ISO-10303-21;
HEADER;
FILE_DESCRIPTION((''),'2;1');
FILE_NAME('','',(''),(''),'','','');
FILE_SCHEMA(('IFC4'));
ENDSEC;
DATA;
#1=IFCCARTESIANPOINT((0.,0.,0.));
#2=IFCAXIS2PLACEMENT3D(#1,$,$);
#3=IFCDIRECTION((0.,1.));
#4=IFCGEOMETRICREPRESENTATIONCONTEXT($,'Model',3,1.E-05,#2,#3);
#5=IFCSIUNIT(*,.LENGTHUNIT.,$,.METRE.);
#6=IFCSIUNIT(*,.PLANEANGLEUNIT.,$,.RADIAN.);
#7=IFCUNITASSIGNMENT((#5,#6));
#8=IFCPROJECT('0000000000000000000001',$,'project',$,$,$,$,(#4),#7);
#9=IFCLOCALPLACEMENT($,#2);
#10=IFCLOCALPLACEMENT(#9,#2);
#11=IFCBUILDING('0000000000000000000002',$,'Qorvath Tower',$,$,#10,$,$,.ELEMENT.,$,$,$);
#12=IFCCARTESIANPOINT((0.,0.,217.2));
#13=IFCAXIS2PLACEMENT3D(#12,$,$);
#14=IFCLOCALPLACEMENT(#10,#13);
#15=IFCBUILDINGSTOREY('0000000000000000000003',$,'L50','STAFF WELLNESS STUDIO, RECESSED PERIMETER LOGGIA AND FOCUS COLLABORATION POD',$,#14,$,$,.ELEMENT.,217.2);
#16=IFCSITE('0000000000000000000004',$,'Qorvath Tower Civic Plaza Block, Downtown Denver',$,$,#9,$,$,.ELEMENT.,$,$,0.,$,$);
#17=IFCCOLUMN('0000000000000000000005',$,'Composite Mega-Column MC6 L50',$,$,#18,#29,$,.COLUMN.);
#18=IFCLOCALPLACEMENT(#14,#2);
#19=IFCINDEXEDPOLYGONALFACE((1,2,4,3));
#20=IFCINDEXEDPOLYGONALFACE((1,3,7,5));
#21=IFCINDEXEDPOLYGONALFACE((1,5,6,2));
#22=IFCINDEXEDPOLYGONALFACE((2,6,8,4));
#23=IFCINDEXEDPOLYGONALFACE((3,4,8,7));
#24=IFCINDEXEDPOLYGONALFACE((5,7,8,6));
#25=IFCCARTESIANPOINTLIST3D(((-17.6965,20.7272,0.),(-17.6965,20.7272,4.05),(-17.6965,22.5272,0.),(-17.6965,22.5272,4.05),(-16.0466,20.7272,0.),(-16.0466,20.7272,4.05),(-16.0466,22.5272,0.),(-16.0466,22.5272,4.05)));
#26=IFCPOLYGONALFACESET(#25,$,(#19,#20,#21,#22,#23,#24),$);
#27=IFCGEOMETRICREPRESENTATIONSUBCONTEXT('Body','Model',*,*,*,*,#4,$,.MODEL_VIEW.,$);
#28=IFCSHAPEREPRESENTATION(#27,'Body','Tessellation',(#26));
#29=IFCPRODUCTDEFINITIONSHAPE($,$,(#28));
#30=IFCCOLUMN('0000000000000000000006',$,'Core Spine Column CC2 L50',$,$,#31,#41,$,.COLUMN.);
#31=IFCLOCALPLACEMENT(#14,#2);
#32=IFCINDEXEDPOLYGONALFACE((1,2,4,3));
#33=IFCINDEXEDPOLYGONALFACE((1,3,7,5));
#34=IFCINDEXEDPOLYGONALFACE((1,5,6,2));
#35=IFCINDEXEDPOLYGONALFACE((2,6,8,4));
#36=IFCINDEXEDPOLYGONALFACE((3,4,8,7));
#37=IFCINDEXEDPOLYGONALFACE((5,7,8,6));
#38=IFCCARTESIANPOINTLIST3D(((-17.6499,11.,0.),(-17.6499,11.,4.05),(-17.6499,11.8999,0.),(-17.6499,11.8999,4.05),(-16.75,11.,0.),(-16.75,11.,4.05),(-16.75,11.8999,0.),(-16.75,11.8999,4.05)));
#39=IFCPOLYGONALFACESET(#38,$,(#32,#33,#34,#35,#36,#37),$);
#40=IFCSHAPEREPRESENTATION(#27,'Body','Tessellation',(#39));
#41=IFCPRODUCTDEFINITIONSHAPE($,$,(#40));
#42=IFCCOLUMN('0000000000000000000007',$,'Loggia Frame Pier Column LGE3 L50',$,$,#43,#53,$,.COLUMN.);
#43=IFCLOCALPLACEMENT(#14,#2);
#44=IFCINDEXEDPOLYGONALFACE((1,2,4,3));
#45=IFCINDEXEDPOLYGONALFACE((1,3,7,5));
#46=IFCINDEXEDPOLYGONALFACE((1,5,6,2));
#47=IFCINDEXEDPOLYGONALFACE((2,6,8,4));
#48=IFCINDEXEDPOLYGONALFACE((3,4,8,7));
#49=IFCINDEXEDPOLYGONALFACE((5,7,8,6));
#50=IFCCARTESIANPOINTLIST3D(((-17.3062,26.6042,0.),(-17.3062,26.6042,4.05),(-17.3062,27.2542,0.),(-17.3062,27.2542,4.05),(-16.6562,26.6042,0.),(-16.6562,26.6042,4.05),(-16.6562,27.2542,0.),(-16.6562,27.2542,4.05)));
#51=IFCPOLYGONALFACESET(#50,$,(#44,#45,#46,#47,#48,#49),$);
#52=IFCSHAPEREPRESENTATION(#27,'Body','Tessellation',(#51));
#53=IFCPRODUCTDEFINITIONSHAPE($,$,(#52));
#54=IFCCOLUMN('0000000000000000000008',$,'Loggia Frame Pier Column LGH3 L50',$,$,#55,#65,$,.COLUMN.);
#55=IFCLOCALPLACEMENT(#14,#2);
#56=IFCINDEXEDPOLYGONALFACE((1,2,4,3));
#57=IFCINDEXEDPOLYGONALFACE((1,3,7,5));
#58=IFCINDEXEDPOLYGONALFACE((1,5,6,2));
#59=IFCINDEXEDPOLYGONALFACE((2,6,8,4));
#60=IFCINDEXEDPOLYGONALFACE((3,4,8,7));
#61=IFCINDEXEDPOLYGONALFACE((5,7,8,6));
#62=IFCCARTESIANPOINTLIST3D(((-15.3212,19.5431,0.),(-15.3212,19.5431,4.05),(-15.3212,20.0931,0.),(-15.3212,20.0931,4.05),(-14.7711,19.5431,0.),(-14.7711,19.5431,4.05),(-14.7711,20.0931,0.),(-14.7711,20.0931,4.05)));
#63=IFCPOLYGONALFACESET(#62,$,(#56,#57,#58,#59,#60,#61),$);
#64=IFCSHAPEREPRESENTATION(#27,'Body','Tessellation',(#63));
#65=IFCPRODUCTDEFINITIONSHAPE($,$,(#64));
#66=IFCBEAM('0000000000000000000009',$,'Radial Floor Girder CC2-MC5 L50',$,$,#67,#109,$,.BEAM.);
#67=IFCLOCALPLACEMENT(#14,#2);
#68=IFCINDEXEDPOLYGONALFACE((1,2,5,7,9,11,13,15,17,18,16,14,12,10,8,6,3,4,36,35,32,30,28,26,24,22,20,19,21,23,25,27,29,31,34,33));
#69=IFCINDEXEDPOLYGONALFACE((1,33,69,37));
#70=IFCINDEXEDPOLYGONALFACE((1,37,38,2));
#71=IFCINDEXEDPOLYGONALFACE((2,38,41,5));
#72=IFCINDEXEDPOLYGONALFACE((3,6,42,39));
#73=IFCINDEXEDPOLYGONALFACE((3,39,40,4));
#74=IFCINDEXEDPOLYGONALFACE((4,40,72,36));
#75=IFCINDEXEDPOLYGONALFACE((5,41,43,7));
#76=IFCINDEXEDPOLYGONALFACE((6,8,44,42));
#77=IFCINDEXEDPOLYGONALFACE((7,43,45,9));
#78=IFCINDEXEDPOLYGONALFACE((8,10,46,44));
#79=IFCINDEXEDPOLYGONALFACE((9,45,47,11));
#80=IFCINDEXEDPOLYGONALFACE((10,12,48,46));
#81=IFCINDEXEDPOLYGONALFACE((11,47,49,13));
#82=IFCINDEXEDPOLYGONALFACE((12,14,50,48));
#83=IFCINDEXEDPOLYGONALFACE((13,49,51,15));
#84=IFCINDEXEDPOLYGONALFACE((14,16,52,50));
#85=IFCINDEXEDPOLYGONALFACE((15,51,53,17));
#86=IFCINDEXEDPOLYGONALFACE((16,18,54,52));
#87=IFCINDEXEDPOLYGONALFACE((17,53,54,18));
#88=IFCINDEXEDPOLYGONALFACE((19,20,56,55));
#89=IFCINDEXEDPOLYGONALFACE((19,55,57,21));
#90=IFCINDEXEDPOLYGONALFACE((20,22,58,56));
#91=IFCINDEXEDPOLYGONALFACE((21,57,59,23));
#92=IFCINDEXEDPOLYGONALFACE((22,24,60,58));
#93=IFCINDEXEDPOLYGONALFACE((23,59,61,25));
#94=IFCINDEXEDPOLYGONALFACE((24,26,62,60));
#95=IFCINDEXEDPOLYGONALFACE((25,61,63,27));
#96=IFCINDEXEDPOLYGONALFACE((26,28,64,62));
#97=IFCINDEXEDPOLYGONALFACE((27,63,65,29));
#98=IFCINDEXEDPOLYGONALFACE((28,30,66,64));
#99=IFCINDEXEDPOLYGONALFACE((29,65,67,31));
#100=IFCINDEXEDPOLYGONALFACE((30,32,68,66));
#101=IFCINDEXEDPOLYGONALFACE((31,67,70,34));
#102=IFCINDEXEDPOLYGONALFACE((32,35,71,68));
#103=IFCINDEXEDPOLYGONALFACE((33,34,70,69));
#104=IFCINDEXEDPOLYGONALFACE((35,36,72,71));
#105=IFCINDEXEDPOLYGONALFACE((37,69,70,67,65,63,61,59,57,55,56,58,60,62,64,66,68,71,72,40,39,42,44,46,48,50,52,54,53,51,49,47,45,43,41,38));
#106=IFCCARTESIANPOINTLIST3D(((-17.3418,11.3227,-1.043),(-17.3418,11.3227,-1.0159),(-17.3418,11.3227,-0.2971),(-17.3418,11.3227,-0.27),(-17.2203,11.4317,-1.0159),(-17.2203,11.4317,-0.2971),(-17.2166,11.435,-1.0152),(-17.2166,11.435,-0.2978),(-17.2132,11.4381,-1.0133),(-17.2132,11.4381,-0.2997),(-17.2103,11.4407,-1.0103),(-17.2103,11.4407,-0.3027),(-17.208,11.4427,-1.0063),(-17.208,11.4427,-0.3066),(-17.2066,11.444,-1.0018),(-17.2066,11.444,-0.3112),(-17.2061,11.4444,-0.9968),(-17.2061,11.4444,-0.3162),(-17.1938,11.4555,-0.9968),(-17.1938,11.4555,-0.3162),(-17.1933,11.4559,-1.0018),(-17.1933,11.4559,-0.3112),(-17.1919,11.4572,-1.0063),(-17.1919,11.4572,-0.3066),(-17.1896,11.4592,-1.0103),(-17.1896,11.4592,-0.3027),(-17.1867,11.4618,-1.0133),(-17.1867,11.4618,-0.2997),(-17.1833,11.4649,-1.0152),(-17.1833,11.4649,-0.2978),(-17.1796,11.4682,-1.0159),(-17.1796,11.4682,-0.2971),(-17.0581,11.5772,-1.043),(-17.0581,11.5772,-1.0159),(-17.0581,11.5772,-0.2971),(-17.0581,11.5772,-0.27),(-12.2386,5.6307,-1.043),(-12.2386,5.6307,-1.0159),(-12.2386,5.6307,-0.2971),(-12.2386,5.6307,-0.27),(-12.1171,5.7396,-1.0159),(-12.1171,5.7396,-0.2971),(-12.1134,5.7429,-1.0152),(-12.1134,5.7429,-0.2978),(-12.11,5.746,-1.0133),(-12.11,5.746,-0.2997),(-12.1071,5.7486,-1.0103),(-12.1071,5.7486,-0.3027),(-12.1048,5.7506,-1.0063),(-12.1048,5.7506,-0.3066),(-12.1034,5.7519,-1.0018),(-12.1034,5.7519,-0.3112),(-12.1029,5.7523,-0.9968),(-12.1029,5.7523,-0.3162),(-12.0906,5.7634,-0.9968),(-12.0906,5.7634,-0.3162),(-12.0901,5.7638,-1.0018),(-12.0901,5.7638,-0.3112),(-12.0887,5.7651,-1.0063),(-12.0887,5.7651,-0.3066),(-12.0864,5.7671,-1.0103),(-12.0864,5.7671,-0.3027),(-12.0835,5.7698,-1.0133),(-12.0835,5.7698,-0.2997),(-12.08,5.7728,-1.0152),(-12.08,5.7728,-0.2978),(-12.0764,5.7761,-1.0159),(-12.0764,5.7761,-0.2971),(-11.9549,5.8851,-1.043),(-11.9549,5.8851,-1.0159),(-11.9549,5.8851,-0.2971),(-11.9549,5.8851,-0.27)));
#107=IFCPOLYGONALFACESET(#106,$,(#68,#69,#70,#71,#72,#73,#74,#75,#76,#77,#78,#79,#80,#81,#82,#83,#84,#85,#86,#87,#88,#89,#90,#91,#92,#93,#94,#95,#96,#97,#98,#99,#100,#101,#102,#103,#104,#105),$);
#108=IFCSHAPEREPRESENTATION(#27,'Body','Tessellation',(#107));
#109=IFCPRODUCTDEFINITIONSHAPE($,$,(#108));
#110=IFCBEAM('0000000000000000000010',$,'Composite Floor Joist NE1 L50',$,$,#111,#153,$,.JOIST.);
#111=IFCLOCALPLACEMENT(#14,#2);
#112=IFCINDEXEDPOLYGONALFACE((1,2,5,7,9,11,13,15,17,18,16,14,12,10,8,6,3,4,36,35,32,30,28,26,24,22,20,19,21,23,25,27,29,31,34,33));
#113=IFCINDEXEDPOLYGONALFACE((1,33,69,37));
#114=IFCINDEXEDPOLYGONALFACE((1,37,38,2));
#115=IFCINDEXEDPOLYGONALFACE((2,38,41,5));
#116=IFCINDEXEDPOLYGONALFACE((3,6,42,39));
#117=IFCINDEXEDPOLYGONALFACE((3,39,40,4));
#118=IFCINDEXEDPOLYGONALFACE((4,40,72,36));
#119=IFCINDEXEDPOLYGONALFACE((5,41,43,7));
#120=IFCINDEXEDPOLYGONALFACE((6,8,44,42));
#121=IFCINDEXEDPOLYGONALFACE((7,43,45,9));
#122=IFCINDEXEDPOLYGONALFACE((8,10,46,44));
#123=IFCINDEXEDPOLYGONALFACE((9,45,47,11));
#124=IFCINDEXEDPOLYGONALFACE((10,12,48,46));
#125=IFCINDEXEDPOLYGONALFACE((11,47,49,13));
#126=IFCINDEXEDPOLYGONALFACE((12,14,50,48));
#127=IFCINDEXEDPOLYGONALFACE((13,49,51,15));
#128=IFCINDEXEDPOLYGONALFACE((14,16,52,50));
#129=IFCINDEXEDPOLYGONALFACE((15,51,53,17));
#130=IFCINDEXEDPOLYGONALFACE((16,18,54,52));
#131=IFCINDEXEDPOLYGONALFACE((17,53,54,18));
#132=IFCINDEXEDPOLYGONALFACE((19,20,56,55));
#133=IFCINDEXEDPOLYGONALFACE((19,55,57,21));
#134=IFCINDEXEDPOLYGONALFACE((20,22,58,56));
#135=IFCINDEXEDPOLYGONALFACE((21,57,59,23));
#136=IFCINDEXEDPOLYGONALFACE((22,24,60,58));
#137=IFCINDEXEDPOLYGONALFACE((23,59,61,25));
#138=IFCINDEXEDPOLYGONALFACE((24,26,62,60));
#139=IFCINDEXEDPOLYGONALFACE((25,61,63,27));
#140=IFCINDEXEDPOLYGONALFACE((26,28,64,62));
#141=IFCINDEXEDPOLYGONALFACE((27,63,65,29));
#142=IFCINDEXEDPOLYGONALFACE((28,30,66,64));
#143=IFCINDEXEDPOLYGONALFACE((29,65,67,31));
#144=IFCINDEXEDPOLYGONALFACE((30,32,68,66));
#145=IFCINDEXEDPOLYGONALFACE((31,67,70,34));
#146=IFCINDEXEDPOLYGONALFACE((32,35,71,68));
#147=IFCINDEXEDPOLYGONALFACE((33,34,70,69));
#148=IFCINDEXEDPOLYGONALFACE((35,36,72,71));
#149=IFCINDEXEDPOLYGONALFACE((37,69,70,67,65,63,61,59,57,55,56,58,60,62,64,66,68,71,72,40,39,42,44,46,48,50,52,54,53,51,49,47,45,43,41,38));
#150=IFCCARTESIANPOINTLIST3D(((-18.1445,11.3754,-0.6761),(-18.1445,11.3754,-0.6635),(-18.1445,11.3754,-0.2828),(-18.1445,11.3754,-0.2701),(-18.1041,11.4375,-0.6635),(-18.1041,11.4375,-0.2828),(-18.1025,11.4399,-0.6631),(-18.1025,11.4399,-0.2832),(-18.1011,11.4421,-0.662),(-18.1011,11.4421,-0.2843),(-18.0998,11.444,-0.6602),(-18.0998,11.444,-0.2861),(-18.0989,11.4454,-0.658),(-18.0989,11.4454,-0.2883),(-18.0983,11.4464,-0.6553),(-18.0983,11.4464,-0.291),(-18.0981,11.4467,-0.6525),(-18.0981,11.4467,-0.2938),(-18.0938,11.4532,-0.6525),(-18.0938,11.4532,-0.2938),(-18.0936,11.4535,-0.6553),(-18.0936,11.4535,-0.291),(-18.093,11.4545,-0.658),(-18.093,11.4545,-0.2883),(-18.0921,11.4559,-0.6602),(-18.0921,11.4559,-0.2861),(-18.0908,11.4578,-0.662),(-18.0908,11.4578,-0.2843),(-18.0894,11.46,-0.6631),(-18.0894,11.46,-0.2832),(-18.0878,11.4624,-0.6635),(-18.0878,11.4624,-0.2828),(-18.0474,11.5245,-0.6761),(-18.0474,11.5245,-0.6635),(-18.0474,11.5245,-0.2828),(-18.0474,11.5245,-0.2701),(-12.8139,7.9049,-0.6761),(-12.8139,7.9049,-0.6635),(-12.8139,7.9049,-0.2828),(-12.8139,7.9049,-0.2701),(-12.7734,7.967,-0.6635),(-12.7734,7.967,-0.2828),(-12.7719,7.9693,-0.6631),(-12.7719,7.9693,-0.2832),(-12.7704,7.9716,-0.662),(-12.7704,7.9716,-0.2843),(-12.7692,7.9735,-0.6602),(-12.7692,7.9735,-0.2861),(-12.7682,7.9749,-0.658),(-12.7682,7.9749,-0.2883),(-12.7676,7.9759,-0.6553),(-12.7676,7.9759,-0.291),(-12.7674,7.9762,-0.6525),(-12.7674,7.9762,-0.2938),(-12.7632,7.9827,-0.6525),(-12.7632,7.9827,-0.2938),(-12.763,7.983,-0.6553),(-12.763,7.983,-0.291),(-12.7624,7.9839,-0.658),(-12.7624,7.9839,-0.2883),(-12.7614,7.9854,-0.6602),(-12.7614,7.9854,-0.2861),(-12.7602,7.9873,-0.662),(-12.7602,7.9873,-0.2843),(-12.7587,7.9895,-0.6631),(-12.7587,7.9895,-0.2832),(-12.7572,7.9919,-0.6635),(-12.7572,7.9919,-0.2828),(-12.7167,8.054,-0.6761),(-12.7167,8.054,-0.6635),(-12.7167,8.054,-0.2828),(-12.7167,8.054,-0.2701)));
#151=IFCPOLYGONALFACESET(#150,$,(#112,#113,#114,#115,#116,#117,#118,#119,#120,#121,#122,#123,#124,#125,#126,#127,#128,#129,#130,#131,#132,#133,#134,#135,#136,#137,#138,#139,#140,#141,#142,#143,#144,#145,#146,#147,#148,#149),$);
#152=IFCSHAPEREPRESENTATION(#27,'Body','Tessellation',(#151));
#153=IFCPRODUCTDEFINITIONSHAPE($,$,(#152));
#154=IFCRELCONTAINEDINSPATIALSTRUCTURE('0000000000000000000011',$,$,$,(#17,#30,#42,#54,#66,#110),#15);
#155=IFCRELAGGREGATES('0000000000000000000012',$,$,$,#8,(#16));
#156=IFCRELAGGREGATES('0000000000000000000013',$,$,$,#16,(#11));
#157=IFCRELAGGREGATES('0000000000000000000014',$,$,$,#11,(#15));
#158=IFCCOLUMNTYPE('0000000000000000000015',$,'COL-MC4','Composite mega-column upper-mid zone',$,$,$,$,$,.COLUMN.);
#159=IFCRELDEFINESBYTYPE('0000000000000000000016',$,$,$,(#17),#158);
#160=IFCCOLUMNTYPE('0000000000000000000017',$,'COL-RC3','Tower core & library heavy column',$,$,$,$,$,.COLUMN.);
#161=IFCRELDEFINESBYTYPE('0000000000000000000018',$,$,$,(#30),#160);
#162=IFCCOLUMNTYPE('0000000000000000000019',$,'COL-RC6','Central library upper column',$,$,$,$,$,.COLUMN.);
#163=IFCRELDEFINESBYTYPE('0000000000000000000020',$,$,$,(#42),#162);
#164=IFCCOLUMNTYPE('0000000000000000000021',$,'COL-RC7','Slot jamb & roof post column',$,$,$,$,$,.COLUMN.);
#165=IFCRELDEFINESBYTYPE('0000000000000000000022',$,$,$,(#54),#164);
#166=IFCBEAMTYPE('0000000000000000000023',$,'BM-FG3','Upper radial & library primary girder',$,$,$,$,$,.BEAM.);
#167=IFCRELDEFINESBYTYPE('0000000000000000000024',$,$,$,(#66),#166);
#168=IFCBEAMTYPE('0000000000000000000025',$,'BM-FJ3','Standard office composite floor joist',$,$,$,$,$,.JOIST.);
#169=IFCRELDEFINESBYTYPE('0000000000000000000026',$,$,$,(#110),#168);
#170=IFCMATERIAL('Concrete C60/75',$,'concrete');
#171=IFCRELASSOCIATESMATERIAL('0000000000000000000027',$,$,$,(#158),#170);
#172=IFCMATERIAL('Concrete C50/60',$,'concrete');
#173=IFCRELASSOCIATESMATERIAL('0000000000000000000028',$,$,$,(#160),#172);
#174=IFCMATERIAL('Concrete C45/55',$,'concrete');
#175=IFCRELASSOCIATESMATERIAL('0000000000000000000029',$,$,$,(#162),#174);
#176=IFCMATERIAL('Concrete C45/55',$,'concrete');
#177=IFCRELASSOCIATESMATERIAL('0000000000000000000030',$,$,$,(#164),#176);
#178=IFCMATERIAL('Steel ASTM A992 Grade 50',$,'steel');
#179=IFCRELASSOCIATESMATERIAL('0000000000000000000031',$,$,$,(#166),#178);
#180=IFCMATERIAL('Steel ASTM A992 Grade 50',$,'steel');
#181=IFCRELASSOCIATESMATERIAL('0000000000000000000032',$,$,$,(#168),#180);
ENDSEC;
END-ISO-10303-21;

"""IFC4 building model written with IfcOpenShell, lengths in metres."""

from ifc_helpers import new_model, si_unit, direction, frame, origin, origin_2d, place, context, subcontext, project, spatial, rectangle, i_section, extrude, material, material_profile, profile_set, type_object, element, save


model = new_model("IFC4")

# Units and contexts
model_context = context("Model", 3, precision=1e-05, world=origin(), true_north=direction((0.0, 1.0)))
body_context = subcontext(model_context, "Body", "Model", "MODEL_VIEW")
ifc_project = project(units=[si_unit("LENGTHUNIT", "METRE"), si_unit("PLANEANGLEUNIT", "RADIAN")], contexts=[model_context])

# Site, building, storey
site_placement = place(None, origin())
site = spatial("IfcSite", under=ifc_project, at=site_placement, Name="Qorvath Tower Civic Plaza Block, Downtown Denver", CompositionType="ELEMENT", RefElevation=0.0)
building_placement = place(site_placement, origin())
building = spatial("IfcBuilding", under=site, at=building_placement, Name="Qorvath Tower", CompositionType="ELEMENT")
storey_placement = place(building_placement, frame((0.0, 0.0, 217.2)))
storey = spatial("IfcBuildingStorey", under=building, at=storey_placement, Name="L50", Description="STAFF WELLNESS STUDIO, RECESSED PERIMETER LOGGIA AND FOCUS COLLABORATION POD", CompositionType="ELEMENT", Elevation=217.2)

# Columns
ifc_material_1 = material(Name="Concrete C60/75", Category="concrete")
ifc_material_profile_1 = material_profile(ifc_material_1, rectangle(XDim=1.6499, YDim=1.8, at=origin_2d()), Name="MC 1800x1650")
ifc_profile_set_1 = profile_set([ifc_material_profile_1], Name="Concrete C60/75")
column_type_1 = type_object("IfcColumnType", Name="COL-MC4", Description="Composite mega-column upper-mid zone", PredefinedType="COLUMN", material=ifc_profile_set_1)
column_1_placement = place(storey_placement, frame((-16.8716, 21.6272, 0.0), z_axis=(0.0, 0.0, 1.0), x_axis=(1.0, 0.0, 0.0)))
element("IfcColumn", 1, at=column_1_placement, inside=storey, type_object=column_type_1, Name="Composite Mega-Column MC6 L50", PredefinedType="COLUMN", context=body_context, shape_type="SweptSolid", body=[
    extrude(rectangle(XDim=1.6499, YDim=1.8, at=origin_2d()), origin(), (0.0, 0.0, 1.0), 4.05),
])
ifc_material_2 = material(Name="Concrete C50/60", Category="concrete")
ifc_material_profile_2 = material_profile(ifc_material_2, rectangle(XDim=0.8999, YDim=0.8999, at=origin_2d()), Name="RC 900x900")
ifc_profile_set_2 = profile_set([ifc_material_profile_2], Name="Concrete C50/60")
column_type_2 = type_object("IfcColumnType", Name="COL-RC3", Description="Tower core & library heavy column", PredefinedType="COLUMN", material=ifc_profile_set_2)
column_2_placement = place(storey_placement, frame((-17.2, 11.45, 0.0), z_axis=(0.0, 0.0, 1.0), x_axis=(1.0, 0.0, 0.0)))
element("IfcColumn", 2, at=column_2_placement, inside=storey, type_object=column_type_2, Name="Core Spine Column CC2 L50", PredefinedType="COLUMN", context=body_context, shape_type="SweptSolid", body=[
    extrude(rectangle(XDim=0.8999, YDim=0.8999, at=origin_2d()), origin(), (0.0, 0.0, 1.0), 4.05),
])
ifc_material_3 = material(Name="Concrete C45/55", Category="concrete")
ifc_material_profile_3 = material_profile(ifc_material_3, rectangle(XDim=0.6499, YDim=0.6499, at=origin_2d()), Name="RC 650x650")
ifc_profile_set_3 = profile_set([ifc_material_profile_3], Name="Concrete C45/55")
column_type_3 = type_object("IfcColumnType", Name="COL-RC6", Description="Central library upper column", PredefinedType="COLUMN", material=ifc_profile_set_3)
column_3_placement = place(storey_placement, frame((-16.9812, 26.9292, 0.0), z_axis=(0.0, 0.0, 1.0), x_axis=(1.0, 0.0, 0.0)))
element("IfcColumn", 3, at=column_3_placement, inside=storey, type_object=column_type_3, Name="Loggia Frame Pier Column LGE3 L50", PredefinedType="COLUMN", context=body_context, shape_type="SweptSolid", body=[
    extrude(rectangle(XDim=0.6499, YDim=0.6499, at=origin_2d()), origin(), (0.0, 0.0, 1.0), 4.05),
])
ifc_material_4 = material(Name="Concrete C45/55", Category="concrete")
ifc_material_profile_4 = material_profile(ifc_material_4, rectangle(XDim=0.55, YDim=0.55, at=origin_2d()), Name="RC 550x550")
ifc_profile_set_4 = profile_set([ifc_material_profile_4], Name="Concrete C45/55")
column_type_4 = type_object("IfcColumnType", Name="COL-RC7", Description="Slot jamb & roof post column", PredefinedType="COLUMN", material=ifc_profile_set_4)
column_4_placement = place(storey_placement, frame((-15.0461, 19.8181, 0.0), z_axis=(0.0, 0.0, 1.0), x_axis=(1.0, 0.0, 0.0)))
element("IfcColumn", 4, at=column_4_placement, inside=storey, type_object=column_type_4, Name="Loggia Frame Pier Column LGH3 L50", PredefinedType="COLUMN", context=body_context, shape_type="SweptSolid", body=[
    extrude(rectangle(XDim=0.55, YDim=0.55, at=origin_2d()), origin(), (0.0, 0.0, 1.0), 4.05),
])

# Beams
ifc_material_5 = material(Name="Steel ASTM A992 Grade 50", Category="steel")
ifc_material_profile_5 = material_profile(ifc_material_5, i_section(OverallWidth=0.3811, OverallDepth=0.7729, WebThickness=0.0166, FlangeThickness=0.0271, FilletRadius=0.019, at=origin_2d()), Name="W30x173")
ifc_profile_set_5 = profile_set([ifc_material_profile_5], Name="Steel ASTM A992 Grade 50")
beam_type_1 = type_object("IfcBeamType", Name="BM-FG3", Description="Upper radial & library primary girder", PredefinedType="BEAM", material=ifc_profile_set_5)
beam_1_placement = place(storey_placement, frame((-17.2, 11.45, -0.6565), z_axis=(0.667543, -0.744571, 0.0), x_axis=(0.744571, 0.667543, 0.0)))
element("IfcBeam", 5, at=beam_1_placement, inside=storey, type_object=beam_type_1, Name="Radial Floor Girder CC2-MC5 L50", PredefinedType="BEAM", context=body_context, shape_type="SweptSolid", body=[
    extrude(i_section(OverallWidth=0.3811, OverallDepth=0.7729, WebThickness=0.0166, FlangeThickness=0.0271, FilletRadius=0.019, at=origin_2d()), origin(), (0.0, 0.0, 1.0), 7.6448),
])
ifc_material_6 = material(Name="Steel ASTM A992 Grade 50", Category="steel")
ifc_material_profile_6 = material_profile(ifc_material_6, i_section(OverallWidth=0.178, OverallDepth=0.406, WebThickness=0.0078, FlangeThickness=0.0127, FilletRadius=0.011, at=origin_2d()), Name="W16x40")
ifc_profile_set_6 = profile_set([ifc_material_profile_6], Name="Steel ASTM A992 Grade 50")
beam_type_2 = type_object("IfcBeamType", Name="BM-FJ3", Description="Standard office composite floor joist", PredefinedType="JOIST", material=ifc_profile_set_6)
beam_2_placement = place(storey_placement, frame((-18.0959, 11.45, -0.4731), z_axis=(0.838042, -0.545606, 0.0), x_axis=(0.545606, 0.838042, 0.0)))
element("IfcBeam", 6, at=beam_2_placement, inside=storey, type_object=beam_type_2, Name="Composite Floor Joist NE1 L50", PredefinedType="JOIST", context=body_context, shape_type="SweptSolid", body=[
    extrude(i_section(OverallWidth=0.178, OverallDepth=0.406, WebThickness=0.0078, FlangeThickness=0.0127, FilletRadius=0.011, at=origin_2d()), origin(), (0.0, 0.0, 1.0), 6.3608),
])

save(model, "model.ifc")
